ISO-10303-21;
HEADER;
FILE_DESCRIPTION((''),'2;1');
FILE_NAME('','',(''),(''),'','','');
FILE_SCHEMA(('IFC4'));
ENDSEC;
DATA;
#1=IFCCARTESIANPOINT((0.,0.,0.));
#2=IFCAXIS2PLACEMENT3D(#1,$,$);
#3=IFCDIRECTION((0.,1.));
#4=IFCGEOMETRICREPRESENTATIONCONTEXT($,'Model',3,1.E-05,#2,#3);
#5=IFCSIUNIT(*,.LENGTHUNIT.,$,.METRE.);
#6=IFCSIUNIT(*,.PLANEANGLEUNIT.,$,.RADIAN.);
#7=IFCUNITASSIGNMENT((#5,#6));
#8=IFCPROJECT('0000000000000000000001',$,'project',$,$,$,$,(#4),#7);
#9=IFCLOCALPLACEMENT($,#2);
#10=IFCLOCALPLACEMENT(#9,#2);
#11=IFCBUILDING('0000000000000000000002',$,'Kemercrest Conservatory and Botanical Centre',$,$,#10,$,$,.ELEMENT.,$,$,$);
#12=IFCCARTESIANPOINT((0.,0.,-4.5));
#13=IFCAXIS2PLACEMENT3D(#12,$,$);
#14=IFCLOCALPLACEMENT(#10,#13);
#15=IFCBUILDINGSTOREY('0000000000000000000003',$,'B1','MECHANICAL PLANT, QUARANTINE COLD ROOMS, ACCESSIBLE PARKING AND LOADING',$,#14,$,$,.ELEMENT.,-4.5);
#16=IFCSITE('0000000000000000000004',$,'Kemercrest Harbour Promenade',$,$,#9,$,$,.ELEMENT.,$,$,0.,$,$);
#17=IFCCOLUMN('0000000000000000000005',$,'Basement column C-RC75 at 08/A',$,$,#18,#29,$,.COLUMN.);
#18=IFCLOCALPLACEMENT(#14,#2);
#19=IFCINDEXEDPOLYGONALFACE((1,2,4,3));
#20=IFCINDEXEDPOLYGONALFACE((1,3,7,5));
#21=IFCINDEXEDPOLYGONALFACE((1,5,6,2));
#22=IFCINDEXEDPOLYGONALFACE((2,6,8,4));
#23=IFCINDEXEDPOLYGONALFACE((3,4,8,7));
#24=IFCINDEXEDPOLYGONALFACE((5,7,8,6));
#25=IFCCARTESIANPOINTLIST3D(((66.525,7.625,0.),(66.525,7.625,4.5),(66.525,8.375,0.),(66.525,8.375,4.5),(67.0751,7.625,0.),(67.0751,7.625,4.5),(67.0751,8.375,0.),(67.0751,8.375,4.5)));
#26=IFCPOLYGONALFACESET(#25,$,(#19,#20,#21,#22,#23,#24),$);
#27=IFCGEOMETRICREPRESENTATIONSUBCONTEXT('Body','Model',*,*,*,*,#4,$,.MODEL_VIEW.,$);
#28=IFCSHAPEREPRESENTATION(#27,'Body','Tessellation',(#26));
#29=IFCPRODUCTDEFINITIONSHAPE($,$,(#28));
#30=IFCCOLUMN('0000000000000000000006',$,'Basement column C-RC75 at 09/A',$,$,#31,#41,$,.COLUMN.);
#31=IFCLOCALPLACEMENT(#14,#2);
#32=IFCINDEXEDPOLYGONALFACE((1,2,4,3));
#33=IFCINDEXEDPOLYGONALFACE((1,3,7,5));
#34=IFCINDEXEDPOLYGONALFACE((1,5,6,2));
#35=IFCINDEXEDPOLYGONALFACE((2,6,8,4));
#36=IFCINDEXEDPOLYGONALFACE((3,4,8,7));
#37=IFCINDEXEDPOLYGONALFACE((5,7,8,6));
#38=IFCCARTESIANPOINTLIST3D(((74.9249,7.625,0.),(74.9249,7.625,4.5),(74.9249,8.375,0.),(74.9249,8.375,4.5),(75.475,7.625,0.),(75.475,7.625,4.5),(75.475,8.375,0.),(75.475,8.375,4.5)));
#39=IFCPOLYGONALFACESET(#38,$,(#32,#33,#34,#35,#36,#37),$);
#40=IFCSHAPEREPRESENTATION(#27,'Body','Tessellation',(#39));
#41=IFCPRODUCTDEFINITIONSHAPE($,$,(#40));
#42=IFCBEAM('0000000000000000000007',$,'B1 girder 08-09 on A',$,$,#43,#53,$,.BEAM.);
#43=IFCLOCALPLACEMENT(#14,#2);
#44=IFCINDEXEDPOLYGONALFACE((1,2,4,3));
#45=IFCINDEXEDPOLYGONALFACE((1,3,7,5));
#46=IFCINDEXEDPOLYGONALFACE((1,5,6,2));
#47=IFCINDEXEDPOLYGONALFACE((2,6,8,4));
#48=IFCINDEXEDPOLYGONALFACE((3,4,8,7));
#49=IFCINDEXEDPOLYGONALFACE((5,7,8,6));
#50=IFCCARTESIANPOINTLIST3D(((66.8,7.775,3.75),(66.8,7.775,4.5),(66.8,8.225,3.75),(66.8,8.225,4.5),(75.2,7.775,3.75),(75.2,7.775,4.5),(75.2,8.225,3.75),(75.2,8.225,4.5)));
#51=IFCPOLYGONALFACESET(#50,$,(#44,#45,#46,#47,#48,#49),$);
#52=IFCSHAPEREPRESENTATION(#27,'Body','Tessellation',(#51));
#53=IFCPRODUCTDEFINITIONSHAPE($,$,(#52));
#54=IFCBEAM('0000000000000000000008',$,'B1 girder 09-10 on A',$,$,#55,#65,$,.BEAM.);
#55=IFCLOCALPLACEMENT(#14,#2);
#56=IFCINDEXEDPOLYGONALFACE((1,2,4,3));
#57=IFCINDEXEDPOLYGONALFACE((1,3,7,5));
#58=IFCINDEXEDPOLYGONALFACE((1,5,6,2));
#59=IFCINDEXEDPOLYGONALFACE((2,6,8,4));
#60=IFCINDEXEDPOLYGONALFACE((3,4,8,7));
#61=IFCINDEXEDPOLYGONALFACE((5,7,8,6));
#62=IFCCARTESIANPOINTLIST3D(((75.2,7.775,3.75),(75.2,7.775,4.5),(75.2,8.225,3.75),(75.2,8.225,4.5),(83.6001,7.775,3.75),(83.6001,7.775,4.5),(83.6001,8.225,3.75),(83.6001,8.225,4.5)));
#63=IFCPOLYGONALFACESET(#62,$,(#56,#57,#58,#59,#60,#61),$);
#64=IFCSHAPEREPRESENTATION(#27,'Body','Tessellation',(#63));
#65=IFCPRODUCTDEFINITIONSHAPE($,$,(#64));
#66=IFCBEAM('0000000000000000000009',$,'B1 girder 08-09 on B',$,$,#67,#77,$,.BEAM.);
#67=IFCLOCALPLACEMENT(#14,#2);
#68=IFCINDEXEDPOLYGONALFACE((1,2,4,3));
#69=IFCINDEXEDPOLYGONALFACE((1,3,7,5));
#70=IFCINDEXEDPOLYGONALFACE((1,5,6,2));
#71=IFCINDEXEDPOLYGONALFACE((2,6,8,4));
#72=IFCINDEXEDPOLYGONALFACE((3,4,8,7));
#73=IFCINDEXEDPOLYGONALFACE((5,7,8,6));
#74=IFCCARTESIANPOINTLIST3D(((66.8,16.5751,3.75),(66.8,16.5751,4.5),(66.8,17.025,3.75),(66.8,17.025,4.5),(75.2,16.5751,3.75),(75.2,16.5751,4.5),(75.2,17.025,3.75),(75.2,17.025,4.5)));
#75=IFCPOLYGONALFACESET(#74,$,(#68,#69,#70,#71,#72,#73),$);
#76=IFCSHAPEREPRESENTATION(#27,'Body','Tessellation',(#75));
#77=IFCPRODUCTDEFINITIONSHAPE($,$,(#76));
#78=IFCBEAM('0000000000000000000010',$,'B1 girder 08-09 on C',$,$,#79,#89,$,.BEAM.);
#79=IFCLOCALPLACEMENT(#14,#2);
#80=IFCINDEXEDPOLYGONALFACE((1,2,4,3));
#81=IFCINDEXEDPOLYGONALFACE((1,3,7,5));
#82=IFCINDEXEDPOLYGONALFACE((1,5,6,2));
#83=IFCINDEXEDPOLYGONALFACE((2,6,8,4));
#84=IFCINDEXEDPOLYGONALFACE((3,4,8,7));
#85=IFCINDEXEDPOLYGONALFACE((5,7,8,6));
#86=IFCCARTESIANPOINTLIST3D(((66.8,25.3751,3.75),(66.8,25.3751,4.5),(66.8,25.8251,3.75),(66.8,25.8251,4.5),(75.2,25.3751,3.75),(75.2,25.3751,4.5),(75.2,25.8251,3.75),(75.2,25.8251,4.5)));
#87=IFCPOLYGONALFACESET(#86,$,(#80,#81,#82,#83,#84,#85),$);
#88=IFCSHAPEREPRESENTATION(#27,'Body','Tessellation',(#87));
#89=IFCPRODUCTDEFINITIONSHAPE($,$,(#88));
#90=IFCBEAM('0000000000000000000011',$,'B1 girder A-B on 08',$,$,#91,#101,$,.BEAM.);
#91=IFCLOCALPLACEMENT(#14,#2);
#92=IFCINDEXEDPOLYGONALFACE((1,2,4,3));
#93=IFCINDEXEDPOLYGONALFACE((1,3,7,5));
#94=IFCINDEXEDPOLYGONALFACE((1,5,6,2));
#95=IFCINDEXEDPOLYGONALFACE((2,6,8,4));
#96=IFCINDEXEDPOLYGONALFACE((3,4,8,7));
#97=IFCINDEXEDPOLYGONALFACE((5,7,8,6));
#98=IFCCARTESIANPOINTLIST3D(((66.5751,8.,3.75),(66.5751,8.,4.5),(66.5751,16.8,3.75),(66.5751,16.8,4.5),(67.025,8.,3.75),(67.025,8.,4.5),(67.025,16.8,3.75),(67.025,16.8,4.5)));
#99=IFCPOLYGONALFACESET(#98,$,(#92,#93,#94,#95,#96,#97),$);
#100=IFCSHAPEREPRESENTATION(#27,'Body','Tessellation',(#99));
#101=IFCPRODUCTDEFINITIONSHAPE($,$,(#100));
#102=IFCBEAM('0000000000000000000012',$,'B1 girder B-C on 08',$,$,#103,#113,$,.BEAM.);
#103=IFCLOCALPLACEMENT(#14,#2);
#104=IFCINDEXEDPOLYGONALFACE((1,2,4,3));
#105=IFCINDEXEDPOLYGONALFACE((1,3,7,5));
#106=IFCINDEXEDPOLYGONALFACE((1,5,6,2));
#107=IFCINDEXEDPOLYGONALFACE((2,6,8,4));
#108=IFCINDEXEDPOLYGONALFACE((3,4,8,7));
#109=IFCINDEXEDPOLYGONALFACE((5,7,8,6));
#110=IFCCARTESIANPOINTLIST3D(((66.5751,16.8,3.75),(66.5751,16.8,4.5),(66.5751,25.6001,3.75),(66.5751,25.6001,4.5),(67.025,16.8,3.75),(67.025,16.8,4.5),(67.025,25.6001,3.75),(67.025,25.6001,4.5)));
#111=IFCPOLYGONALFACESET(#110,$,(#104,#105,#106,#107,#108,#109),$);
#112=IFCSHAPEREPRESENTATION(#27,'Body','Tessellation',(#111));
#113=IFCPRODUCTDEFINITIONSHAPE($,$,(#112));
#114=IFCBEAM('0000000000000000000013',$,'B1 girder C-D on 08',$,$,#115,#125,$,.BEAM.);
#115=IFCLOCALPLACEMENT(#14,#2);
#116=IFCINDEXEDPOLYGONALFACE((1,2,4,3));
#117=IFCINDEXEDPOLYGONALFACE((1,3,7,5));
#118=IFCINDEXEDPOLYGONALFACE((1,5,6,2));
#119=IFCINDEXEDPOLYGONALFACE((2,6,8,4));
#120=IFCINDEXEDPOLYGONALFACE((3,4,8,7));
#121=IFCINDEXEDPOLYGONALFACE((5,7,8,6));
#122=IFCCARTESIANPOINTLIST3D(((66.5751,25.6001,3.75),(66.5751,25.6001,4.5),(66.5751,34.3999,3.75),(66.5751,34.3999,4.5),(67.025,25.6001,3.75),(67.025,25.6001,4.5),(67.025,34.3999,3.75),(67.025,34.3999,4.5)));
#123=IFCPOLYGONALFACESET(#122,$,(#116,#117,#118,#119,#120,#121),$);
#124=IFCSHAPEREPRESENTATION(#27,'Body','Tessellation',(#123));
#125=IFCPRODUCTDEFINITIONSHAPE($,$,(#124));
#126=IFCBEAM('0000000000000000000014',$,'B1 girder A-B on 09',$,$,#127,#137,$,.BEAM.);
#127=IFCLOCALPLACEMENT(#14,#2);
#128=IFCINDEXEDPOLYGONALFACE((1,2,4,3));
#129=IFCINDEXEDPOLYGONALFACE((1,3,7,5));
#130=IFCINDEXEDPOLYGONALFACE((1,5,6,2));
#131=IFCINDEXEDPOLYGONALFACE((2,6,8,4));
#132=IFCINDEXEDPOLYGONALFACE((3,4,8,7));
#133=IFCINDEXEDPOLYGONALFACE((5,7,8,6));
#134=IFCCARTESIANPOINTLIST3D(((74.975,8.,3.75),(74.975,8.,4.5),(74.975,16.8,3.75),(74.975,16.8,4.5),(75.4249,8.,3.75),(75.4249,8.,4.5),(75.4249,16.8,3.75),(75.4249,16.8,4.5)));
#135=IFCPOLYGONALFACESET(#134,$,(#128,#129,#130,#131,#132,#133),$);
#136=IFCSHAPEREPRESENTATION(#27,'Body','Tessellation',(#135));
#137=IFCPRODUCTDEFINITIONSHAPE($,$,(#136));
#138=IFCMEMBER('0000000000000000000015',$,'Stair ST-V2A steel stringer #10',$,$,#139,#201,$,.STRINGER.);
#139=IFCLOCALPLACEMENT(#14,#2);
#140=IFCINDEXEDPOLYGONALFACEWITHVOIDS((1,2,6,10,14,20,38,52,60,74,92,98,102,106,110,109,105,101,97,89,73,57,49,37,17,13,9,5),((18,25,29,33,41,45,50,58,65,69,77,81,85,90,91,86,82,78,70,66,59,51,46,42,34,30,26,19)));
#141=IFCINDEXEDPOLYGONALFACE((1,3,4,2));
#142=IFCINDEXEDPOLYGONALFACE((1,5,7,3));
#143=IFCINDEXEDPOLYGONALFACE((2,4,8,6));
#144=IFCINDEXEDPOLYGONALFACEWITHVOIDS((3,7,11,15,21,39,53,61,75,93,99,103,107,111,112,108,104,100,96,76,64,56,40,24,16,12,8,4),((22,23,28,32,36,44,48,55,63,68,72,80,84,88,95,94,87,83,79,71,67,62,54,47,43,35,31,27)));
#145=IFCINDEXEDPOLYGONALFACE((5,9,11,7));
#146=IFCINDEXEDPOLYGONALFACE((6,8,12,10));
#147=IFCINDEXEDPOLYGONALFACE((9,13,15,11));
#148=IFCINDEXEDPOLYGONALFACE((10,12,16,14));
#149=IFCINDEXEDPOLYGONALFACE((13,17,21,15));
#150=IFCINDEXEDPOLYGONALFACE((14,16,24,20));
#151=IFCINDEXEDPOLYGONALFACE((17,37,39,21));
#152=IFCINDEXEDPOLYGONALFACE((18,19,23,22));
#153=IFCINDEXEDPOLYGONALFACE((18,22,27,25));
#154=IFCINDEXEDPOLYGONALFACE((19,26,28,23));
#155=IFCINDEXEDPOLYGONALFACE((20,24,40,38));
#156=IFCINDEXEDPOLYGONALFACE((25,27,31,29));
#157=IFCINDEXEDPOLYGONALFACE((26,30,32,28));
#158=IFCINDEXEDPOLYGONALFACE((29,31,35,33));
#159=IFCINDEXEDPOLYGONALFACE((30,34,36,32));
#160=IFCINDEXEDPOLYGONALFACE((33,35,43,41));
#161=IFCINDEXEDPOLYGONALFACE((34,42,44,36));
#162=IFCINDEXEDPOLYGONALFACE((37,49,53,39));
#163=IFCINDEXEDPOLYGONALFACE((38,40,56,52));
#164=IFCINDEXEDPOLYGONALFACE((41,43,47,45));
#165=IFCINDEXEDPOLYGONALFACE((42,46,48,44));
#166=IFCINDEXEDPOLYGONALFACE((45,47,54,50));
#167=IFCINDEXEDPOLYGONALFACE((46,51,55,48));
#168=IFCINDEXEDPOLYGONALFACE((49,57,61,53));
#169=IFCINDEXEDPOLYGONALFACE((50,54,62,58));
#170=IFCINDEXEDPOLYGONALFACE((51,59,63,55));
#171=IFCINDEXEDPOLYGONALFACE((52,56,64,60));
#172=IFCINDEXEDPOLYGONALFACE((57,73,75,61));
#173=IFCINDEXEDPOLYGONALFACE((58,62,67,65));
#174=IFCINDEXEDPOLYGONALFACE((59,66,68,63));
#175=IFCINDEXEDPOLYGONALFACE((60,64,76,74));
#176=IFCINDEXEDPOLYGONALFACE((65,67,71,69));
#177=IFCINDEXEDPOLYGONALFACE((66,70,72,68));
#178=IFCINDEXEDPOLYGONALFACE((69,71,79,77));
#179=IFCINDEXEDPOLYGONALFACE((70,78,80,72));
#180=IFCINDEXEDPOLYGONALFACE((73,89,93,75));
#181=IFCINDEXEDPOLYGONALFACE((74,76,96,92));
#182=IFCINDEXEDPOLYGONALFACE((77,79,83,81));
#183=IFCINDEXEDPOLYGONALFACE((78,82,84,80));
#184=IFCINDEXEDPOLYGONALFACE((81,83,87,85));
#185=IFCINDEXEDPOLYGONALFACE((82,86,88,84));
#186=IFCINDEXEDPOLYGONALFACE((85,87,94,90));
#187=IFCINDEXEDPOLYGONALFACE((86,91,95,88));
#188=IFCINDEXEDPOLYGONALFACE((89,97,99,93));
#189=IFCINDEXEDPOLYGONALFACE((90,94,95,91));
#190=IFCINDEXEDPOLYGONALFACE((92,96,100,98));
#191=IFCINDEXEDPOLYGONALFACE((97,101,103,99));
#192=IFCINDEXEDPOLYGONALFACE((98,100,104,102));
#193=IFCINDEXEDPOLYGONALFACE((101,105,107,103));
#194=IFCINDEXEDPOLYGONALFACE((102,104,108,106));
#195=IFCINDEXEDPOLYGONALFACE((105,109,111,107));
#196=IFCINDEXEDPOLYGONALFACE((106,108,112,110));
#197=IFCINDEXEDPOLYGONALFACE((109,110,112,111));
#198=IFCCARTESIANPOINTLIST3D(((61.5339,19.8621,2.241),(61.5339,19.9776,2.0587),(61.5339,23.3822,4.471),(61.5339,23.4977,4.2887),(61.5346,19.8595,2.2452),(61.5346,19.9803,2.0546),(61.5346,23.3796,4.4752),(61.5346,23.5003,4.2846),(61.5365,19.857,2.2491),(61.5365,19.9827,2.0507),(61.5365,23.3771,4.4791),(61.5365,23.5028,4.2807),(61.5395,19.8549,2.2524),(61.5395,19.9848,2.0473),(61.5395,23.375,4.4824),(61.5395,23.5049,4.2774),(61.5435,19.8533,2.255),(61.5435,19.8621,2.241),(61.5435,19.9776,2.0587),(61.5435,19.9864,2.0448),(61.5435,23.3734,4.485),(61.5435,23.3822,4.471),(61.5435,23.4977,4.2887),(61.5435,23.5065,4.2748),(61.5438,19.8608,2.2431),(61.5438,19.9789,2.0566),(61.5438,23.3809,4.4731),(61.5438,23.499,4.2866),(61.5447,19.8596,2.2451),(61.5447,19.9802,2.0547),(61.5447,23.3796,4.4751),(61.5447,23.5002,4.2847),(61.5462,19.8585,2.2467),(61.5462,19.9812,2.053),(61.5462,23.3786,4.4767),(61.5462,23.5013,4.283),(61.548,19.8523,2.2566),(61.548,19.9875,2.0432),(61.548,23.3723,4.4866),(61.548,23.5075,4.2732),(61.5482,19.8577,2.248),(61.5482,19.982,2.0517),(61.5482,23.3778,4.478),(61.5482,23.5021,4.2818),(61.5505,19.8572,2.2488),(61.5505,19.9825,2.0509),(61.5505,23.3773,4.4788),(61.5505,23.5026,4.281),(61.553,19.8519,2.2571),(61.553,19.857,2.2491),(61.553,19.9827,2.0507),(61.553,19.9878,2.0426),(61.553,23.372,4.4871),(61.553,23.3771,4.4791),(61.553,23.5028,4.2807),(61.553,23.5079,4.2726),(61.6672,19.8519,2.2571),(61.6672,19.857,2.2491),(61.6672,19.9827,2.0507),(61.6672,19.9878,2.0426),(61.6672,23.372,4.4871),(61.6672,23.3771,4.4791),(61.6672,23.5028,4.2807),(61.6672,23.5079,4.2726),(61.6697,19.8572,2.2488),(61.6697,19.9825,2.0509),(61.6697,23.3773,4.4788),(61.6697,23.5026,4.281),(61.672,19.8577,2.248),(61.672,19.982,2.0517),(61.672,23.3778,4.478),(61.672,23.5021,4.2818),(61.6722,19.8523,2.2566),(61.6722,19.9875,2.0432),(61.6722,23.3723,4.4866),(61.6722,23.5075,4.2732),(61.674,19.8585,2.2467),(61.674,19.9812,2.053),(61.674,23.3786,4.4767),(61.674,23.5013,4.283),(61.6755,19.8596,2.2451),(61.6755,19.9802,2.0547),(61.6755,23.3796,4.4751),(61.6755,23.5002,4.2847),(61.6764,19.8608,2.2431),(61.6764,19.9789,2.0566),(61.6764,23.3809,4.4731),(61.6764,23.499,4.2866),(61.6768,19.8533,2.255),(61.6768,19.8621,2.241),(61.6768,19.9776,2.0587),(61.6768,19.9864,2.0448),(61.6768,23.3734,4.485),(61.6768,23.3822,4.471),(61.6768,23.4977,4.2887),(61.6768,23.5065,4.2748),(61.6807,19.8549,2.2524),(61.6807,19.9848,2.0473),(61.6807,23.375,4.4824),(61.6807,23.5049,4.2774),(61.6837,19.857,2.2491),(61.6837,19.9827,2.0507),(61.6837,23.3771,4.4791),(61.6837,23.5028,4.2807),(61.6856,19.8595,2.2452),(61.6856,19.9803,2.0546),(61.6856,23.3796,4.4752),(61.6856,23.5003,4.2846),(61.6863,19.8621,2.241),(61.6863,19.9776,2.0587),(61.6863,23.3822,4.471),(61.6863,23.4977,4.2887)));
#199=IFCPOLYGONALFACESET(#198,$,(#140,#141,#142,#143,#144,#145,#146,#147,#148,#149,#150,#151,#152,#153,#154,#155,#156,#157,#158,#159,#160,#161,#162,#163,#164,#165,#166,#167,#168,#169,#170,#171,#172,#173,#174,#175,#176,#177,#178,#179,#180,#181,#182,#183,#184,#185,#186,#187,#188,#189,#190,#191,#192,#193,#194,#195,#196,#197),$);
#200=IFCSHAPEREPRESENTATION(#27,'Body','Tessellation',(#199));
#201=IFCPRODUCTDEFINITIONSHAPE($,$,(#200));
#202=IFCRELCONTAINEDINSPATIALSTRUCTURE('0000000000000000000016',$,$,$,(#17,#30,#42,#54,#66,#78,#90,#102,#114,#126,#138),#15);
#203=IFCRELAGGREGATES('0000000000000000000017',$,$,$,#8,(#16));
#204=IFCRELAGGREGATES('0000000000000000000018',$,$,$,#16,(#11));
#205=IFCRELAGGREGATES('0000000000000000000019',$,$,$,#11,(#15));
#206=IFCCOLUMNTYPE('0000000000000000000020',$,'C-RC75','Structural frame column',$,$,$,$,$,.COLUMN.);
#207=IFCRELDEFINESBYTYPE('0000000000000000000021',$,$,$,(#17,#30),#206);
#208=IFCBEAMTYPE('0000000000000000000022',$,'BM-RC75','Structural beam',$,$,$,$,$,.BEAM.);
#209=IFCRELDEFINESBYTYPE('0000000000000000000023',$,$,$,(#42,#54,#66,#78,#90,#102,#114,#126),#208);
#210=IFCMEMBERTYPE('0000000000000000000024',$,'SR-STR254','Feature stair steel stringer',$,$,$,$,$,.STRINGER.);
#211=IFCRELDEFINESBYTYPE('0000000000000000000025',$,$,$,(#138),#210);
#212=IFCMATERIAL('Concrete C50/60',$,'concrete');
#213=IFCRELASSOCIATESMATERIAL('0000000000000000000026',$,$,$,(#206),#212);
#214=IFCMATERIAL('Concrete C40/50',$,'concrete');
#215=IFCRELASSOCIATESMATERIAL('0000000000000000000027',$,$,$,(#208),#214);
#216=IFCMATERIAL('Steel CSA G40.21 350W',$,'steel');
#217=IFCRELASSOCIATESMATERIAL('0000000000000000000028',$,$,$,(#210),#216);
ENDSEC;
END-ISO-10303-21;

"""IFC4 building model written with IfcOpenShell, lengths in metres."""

from ifc_helpers import new_model, si_unit, direction, frame, origin, origin_2d, place, context, subcontext, project, spatial, rectangle, hollow_rectangle, extrude, material, material_profile, profile_set, type_object, element, save


model = new_model("IFC4")

# Units and contexts
model_context = context("Model", 3, precision=1e-05, world=origin(), true_north=direction((0.0, 1.0)))
body_context = subcontext(model_context, "Body", "Model", "MODEL_VIEW")
ifc_project = project(units=[si_unit("LENGTHUNIT", "METRE"), si_unit("PLANEANGLEUNIT", "RADIAN")], contexts=[model_context])

# Site, building, storey
site_placement = place(None, origin())
site = spatial("IfcSite", under=ifc_project, at=site_placement, Name="Kemercrest Harbour Promenade", CompositionType="ELEMENT", RefElevation=0.0)
building_placement = place(site_placement, origin())
building = spatial("IfcBuilding", under=site, at=building_placement, Name="Kemercrest Conservatory and Botanical Centre", CompositionType="ELEMENT")
storey_placement = place(building_placement, frame((0.0, 0.0, -4.5)))
storey = spatial("IfcBuildingStorey", under=building, at=storey_placement, Name="B1", Description="MECHANICAL PLANT, QUARANTINE COLD ROOMS, ACCESSIBLE PARKING AND LOADING", CompositionType="ELEMENT", Elevation=-4.5)

# Shared definitions
ifc_material_1 = material(Name="Concrete C40/50", Category="concrete")

# Columns
ifc_material_2 = material(Name="Concrete C50/60", Category="concrete")
ifc_material_profile_1 = material_profile(ifc_material_2, rectangle(XDim=0.55, YDim=0.75, at=origin_2d()), Name="RC 750x550")
ifc_profile_set_1 = profile_set([ifc_material_profile_1], Name="Concrete C50/60")
column_type_1 = type_object("IfcColumnType", Name="C-RC75", Description="Structural frame column", PredefinedType="COLUMN", material=ifc_profile_set_1)
for number, where, z_axis, x_axis, name in (
    (1, (66.8, 8.0, 0.0), (0.0, 0.0, 1.0), (1.0, 0.0, 0.0), "Basement column C-RC75 at 08/A"),
    (2, (75.2, 8.0, 0.0), (0.0, 0.0, 1.0), (1.0, 0.0, 0.0), "Basement column C-RC75 at 09/A"),
):
    element("IfcColumn", number, at=place(storey_placement, frame(where, z_axis=z_axis, x_axis=x_axis)), inside=storey, type_object=column_type_1, Name=name, PredefinedType="COLUMN", context=body_context, shape_type="SweptSolid", body=[
        extrude(rectangle(XDim=0.55, YDim=0.75, at=origin_2d()), origin(), (0.0, 0.0, 1.0), 4.5),
    ])

# Beams
ifc_material_profile_2 = material_profile(ifc_material_1, rectangle(XDim=0.45, YDim=0.75, at=origin_2d()), Name="RC 450x750")
ifc_profile_set_2 = profile_set([ifc_material_profile_2], Name="Concrete C40/50")
beam_type = type_object("IfcBeamType", Name="BM-RC75", Description="Structural beam", PredefinedType="BEAM", material=ifc_profile_set_2)
beam_1_placement = place(storey_placement, frame((66.8, 8.0, 4.125), z_axis=(1.0, 0.0, 0.0), x_axis=(0.0, 1.0, 0.0)))
element("IfcBeam", 3, at=beam_1_placement, inside=storey, type_object=beam_type, Name="B1 girder 08-09 on A", PredefinedType="BEAM", context=body_context, shape_type="SweptSolid", body=[
    extrude(rectangle(XDim=0.45, YDim=0.75, at=origin_2d()), origin(), (0.0, 0.0, 1.0), 8.3999),
])
beam_2_placement = place(storey_placement, frame((75.2, 8.0, 4.125), z_axis=(1.0, 0.0, 0.0), x_axis=(0.0, 1.0, 0.0)))
element("IfcBeam", 4, at=beam_2_placement, inside=storey, type_object=beam_type, Name="B1 girder 09-10 on A", PredefinedType="BEAM", context=body_context, shape_type="SweptSolid", body=[
    extrude(rectangle(XDim=0.45, YDim=0.75, at=origin_2d()), origin(), (0.0, 0.0, 1.0), 8.4001),
])
for number, where, z_axis, x_axis, name in (
    (5, (66.8, 16.8, 4.125), (1.0, 0.0, 0.0), (0.0, 1.0, 0.0), "B1 girder 08-09 on B"),
    (6, (66.8, 25.6001, 4.125), (1.0, 0.0, 0.0), (0.0, 1.0, 0.0), "B1 girder 08-09 on C"),
):
    element("IfcBeam", number, at=place(storey_placement, frame(where, z_axis=z_axis, x_axis=x_axis)), inside=storey, type_object=beam_type, Name=name, PredefinedType="BEAM", context=body_context, shape_type="SweptSolid", body=[
        extrude(rectangle(XDim=0.45, YDim=0.75, at=origin_2d()), origin(), (0.0, 0.0, 1.0), 8.3999),
    ])
for number, where, z_axis, x_axis, name in (
    (7, (66.8, 8.0, 4.125), (0.0, 1.0, 0.0), (-1.0, 0.0, 0.0), "B1 girder A-B on 08"),
    (8, (66.8, 16.8, 4.125), (0.0, 1.0, 0.0), (-1.0, 0.0, 0.0), "B1 girder B-C on 08"),
):
    element("IfcBeam", number, at=place(storey_placement, frame(where, z_axis=z_axis, x_axis=x_axis)), inside=storey, type_object=beam_type, Name=name, PredefinedType="BEAM", context=body_context, shape_type="SweptSolid", body=[
        extrude(rectangle(XDim=0.45, YDim=0.75, at=origin_2d()), origin(), (0.0, 0.0, 1.0), 8.8),
    ])
beam_3_placement = place(storey_placement, frame((66.8, 25.6001, 4.125), z_axis=(0.0, 1.0, 0.0), x_axis=(-1.0, 0.0, 0.0)))
element("IfcBeam", 9, at=beam_3_placement, inside=storey, type_object=beam_type, Name="B1 girder C-D on 08", PredefinedType="BEAM", context=body_context, shape_type="SweptSolid", body=[
    extrude(rectangle(XDim=0.45, YDim=0.75, at=origin_2d()), origin(), (0.0, 0.0, 1.0), 8.7998),
])
beam_4_placement = place(storey_placement, frame((75.2, 8.0, 4.125), z_axis=(0.0, 1.0, 0.0), x_axis=(-1.0, 0.0, 0.0)))
element("IfcBeam", 10, at=beam_4_placement, inside=storey, type_object=beam_type, Name="B1 girder A-B on 09", PredefinedType="BEAM", context=body_context, shape_type="SweptSolid", body=[
    extrude(rectangle(XDim=0.45, YDim=0.75, at=origin_2d()), origin(), (0.0, 0.0, 1.0), 8.8),
])

# Member
ifc_material_3 = material(Name="Steel CSA G40.21 350W", Category="steel")
ifc_material_profile_3 = material_profile(ifc_material_3, hollow_rectangle(XDim=0.1523, YDim=0.2539, WallThickness=0.0095, InnerFilletRadius=0.0095, OuterFilletRadius=0.019, at=origin_2d()), Name="HSS 254x152x9.5")
ifc_profile_set_3 = profile_set([ifc_material_profile_3], Name="Steel CSA G40.21 350W")
member_type = type_object("IfcMemberType", Name="SR-STR254", Description="Feature stair steel stringer", PredefinedType="STRINGER", material=ifc_profile_set_3)
member_placement = place(storey_placement, frame((61.6101, 23.4399, 4.3799), z_axis=(0.0, -0.84475, -0.535161), x_axis=(1.0, 0.0, 0.0)))
element("IfcMember", 11, at=member_placement, inside=storey, type_object=member_type, Name="Stair ST-V2A steel stringer #10", PredefinedType="STRINGER", context=body_context, shape_type="SweptSolid", body=[
    extrude(hollow_rectangle(XDim=0.1523, YDim=0.2539, WallThickness=0.0095, InnerFilletRadius=0.0095, OuterFilletRadius=0.019, at=origin_2d()), origin(), (0.0, 0.0, 1.0), 4.167),
])

save(model, "model.ifc")
